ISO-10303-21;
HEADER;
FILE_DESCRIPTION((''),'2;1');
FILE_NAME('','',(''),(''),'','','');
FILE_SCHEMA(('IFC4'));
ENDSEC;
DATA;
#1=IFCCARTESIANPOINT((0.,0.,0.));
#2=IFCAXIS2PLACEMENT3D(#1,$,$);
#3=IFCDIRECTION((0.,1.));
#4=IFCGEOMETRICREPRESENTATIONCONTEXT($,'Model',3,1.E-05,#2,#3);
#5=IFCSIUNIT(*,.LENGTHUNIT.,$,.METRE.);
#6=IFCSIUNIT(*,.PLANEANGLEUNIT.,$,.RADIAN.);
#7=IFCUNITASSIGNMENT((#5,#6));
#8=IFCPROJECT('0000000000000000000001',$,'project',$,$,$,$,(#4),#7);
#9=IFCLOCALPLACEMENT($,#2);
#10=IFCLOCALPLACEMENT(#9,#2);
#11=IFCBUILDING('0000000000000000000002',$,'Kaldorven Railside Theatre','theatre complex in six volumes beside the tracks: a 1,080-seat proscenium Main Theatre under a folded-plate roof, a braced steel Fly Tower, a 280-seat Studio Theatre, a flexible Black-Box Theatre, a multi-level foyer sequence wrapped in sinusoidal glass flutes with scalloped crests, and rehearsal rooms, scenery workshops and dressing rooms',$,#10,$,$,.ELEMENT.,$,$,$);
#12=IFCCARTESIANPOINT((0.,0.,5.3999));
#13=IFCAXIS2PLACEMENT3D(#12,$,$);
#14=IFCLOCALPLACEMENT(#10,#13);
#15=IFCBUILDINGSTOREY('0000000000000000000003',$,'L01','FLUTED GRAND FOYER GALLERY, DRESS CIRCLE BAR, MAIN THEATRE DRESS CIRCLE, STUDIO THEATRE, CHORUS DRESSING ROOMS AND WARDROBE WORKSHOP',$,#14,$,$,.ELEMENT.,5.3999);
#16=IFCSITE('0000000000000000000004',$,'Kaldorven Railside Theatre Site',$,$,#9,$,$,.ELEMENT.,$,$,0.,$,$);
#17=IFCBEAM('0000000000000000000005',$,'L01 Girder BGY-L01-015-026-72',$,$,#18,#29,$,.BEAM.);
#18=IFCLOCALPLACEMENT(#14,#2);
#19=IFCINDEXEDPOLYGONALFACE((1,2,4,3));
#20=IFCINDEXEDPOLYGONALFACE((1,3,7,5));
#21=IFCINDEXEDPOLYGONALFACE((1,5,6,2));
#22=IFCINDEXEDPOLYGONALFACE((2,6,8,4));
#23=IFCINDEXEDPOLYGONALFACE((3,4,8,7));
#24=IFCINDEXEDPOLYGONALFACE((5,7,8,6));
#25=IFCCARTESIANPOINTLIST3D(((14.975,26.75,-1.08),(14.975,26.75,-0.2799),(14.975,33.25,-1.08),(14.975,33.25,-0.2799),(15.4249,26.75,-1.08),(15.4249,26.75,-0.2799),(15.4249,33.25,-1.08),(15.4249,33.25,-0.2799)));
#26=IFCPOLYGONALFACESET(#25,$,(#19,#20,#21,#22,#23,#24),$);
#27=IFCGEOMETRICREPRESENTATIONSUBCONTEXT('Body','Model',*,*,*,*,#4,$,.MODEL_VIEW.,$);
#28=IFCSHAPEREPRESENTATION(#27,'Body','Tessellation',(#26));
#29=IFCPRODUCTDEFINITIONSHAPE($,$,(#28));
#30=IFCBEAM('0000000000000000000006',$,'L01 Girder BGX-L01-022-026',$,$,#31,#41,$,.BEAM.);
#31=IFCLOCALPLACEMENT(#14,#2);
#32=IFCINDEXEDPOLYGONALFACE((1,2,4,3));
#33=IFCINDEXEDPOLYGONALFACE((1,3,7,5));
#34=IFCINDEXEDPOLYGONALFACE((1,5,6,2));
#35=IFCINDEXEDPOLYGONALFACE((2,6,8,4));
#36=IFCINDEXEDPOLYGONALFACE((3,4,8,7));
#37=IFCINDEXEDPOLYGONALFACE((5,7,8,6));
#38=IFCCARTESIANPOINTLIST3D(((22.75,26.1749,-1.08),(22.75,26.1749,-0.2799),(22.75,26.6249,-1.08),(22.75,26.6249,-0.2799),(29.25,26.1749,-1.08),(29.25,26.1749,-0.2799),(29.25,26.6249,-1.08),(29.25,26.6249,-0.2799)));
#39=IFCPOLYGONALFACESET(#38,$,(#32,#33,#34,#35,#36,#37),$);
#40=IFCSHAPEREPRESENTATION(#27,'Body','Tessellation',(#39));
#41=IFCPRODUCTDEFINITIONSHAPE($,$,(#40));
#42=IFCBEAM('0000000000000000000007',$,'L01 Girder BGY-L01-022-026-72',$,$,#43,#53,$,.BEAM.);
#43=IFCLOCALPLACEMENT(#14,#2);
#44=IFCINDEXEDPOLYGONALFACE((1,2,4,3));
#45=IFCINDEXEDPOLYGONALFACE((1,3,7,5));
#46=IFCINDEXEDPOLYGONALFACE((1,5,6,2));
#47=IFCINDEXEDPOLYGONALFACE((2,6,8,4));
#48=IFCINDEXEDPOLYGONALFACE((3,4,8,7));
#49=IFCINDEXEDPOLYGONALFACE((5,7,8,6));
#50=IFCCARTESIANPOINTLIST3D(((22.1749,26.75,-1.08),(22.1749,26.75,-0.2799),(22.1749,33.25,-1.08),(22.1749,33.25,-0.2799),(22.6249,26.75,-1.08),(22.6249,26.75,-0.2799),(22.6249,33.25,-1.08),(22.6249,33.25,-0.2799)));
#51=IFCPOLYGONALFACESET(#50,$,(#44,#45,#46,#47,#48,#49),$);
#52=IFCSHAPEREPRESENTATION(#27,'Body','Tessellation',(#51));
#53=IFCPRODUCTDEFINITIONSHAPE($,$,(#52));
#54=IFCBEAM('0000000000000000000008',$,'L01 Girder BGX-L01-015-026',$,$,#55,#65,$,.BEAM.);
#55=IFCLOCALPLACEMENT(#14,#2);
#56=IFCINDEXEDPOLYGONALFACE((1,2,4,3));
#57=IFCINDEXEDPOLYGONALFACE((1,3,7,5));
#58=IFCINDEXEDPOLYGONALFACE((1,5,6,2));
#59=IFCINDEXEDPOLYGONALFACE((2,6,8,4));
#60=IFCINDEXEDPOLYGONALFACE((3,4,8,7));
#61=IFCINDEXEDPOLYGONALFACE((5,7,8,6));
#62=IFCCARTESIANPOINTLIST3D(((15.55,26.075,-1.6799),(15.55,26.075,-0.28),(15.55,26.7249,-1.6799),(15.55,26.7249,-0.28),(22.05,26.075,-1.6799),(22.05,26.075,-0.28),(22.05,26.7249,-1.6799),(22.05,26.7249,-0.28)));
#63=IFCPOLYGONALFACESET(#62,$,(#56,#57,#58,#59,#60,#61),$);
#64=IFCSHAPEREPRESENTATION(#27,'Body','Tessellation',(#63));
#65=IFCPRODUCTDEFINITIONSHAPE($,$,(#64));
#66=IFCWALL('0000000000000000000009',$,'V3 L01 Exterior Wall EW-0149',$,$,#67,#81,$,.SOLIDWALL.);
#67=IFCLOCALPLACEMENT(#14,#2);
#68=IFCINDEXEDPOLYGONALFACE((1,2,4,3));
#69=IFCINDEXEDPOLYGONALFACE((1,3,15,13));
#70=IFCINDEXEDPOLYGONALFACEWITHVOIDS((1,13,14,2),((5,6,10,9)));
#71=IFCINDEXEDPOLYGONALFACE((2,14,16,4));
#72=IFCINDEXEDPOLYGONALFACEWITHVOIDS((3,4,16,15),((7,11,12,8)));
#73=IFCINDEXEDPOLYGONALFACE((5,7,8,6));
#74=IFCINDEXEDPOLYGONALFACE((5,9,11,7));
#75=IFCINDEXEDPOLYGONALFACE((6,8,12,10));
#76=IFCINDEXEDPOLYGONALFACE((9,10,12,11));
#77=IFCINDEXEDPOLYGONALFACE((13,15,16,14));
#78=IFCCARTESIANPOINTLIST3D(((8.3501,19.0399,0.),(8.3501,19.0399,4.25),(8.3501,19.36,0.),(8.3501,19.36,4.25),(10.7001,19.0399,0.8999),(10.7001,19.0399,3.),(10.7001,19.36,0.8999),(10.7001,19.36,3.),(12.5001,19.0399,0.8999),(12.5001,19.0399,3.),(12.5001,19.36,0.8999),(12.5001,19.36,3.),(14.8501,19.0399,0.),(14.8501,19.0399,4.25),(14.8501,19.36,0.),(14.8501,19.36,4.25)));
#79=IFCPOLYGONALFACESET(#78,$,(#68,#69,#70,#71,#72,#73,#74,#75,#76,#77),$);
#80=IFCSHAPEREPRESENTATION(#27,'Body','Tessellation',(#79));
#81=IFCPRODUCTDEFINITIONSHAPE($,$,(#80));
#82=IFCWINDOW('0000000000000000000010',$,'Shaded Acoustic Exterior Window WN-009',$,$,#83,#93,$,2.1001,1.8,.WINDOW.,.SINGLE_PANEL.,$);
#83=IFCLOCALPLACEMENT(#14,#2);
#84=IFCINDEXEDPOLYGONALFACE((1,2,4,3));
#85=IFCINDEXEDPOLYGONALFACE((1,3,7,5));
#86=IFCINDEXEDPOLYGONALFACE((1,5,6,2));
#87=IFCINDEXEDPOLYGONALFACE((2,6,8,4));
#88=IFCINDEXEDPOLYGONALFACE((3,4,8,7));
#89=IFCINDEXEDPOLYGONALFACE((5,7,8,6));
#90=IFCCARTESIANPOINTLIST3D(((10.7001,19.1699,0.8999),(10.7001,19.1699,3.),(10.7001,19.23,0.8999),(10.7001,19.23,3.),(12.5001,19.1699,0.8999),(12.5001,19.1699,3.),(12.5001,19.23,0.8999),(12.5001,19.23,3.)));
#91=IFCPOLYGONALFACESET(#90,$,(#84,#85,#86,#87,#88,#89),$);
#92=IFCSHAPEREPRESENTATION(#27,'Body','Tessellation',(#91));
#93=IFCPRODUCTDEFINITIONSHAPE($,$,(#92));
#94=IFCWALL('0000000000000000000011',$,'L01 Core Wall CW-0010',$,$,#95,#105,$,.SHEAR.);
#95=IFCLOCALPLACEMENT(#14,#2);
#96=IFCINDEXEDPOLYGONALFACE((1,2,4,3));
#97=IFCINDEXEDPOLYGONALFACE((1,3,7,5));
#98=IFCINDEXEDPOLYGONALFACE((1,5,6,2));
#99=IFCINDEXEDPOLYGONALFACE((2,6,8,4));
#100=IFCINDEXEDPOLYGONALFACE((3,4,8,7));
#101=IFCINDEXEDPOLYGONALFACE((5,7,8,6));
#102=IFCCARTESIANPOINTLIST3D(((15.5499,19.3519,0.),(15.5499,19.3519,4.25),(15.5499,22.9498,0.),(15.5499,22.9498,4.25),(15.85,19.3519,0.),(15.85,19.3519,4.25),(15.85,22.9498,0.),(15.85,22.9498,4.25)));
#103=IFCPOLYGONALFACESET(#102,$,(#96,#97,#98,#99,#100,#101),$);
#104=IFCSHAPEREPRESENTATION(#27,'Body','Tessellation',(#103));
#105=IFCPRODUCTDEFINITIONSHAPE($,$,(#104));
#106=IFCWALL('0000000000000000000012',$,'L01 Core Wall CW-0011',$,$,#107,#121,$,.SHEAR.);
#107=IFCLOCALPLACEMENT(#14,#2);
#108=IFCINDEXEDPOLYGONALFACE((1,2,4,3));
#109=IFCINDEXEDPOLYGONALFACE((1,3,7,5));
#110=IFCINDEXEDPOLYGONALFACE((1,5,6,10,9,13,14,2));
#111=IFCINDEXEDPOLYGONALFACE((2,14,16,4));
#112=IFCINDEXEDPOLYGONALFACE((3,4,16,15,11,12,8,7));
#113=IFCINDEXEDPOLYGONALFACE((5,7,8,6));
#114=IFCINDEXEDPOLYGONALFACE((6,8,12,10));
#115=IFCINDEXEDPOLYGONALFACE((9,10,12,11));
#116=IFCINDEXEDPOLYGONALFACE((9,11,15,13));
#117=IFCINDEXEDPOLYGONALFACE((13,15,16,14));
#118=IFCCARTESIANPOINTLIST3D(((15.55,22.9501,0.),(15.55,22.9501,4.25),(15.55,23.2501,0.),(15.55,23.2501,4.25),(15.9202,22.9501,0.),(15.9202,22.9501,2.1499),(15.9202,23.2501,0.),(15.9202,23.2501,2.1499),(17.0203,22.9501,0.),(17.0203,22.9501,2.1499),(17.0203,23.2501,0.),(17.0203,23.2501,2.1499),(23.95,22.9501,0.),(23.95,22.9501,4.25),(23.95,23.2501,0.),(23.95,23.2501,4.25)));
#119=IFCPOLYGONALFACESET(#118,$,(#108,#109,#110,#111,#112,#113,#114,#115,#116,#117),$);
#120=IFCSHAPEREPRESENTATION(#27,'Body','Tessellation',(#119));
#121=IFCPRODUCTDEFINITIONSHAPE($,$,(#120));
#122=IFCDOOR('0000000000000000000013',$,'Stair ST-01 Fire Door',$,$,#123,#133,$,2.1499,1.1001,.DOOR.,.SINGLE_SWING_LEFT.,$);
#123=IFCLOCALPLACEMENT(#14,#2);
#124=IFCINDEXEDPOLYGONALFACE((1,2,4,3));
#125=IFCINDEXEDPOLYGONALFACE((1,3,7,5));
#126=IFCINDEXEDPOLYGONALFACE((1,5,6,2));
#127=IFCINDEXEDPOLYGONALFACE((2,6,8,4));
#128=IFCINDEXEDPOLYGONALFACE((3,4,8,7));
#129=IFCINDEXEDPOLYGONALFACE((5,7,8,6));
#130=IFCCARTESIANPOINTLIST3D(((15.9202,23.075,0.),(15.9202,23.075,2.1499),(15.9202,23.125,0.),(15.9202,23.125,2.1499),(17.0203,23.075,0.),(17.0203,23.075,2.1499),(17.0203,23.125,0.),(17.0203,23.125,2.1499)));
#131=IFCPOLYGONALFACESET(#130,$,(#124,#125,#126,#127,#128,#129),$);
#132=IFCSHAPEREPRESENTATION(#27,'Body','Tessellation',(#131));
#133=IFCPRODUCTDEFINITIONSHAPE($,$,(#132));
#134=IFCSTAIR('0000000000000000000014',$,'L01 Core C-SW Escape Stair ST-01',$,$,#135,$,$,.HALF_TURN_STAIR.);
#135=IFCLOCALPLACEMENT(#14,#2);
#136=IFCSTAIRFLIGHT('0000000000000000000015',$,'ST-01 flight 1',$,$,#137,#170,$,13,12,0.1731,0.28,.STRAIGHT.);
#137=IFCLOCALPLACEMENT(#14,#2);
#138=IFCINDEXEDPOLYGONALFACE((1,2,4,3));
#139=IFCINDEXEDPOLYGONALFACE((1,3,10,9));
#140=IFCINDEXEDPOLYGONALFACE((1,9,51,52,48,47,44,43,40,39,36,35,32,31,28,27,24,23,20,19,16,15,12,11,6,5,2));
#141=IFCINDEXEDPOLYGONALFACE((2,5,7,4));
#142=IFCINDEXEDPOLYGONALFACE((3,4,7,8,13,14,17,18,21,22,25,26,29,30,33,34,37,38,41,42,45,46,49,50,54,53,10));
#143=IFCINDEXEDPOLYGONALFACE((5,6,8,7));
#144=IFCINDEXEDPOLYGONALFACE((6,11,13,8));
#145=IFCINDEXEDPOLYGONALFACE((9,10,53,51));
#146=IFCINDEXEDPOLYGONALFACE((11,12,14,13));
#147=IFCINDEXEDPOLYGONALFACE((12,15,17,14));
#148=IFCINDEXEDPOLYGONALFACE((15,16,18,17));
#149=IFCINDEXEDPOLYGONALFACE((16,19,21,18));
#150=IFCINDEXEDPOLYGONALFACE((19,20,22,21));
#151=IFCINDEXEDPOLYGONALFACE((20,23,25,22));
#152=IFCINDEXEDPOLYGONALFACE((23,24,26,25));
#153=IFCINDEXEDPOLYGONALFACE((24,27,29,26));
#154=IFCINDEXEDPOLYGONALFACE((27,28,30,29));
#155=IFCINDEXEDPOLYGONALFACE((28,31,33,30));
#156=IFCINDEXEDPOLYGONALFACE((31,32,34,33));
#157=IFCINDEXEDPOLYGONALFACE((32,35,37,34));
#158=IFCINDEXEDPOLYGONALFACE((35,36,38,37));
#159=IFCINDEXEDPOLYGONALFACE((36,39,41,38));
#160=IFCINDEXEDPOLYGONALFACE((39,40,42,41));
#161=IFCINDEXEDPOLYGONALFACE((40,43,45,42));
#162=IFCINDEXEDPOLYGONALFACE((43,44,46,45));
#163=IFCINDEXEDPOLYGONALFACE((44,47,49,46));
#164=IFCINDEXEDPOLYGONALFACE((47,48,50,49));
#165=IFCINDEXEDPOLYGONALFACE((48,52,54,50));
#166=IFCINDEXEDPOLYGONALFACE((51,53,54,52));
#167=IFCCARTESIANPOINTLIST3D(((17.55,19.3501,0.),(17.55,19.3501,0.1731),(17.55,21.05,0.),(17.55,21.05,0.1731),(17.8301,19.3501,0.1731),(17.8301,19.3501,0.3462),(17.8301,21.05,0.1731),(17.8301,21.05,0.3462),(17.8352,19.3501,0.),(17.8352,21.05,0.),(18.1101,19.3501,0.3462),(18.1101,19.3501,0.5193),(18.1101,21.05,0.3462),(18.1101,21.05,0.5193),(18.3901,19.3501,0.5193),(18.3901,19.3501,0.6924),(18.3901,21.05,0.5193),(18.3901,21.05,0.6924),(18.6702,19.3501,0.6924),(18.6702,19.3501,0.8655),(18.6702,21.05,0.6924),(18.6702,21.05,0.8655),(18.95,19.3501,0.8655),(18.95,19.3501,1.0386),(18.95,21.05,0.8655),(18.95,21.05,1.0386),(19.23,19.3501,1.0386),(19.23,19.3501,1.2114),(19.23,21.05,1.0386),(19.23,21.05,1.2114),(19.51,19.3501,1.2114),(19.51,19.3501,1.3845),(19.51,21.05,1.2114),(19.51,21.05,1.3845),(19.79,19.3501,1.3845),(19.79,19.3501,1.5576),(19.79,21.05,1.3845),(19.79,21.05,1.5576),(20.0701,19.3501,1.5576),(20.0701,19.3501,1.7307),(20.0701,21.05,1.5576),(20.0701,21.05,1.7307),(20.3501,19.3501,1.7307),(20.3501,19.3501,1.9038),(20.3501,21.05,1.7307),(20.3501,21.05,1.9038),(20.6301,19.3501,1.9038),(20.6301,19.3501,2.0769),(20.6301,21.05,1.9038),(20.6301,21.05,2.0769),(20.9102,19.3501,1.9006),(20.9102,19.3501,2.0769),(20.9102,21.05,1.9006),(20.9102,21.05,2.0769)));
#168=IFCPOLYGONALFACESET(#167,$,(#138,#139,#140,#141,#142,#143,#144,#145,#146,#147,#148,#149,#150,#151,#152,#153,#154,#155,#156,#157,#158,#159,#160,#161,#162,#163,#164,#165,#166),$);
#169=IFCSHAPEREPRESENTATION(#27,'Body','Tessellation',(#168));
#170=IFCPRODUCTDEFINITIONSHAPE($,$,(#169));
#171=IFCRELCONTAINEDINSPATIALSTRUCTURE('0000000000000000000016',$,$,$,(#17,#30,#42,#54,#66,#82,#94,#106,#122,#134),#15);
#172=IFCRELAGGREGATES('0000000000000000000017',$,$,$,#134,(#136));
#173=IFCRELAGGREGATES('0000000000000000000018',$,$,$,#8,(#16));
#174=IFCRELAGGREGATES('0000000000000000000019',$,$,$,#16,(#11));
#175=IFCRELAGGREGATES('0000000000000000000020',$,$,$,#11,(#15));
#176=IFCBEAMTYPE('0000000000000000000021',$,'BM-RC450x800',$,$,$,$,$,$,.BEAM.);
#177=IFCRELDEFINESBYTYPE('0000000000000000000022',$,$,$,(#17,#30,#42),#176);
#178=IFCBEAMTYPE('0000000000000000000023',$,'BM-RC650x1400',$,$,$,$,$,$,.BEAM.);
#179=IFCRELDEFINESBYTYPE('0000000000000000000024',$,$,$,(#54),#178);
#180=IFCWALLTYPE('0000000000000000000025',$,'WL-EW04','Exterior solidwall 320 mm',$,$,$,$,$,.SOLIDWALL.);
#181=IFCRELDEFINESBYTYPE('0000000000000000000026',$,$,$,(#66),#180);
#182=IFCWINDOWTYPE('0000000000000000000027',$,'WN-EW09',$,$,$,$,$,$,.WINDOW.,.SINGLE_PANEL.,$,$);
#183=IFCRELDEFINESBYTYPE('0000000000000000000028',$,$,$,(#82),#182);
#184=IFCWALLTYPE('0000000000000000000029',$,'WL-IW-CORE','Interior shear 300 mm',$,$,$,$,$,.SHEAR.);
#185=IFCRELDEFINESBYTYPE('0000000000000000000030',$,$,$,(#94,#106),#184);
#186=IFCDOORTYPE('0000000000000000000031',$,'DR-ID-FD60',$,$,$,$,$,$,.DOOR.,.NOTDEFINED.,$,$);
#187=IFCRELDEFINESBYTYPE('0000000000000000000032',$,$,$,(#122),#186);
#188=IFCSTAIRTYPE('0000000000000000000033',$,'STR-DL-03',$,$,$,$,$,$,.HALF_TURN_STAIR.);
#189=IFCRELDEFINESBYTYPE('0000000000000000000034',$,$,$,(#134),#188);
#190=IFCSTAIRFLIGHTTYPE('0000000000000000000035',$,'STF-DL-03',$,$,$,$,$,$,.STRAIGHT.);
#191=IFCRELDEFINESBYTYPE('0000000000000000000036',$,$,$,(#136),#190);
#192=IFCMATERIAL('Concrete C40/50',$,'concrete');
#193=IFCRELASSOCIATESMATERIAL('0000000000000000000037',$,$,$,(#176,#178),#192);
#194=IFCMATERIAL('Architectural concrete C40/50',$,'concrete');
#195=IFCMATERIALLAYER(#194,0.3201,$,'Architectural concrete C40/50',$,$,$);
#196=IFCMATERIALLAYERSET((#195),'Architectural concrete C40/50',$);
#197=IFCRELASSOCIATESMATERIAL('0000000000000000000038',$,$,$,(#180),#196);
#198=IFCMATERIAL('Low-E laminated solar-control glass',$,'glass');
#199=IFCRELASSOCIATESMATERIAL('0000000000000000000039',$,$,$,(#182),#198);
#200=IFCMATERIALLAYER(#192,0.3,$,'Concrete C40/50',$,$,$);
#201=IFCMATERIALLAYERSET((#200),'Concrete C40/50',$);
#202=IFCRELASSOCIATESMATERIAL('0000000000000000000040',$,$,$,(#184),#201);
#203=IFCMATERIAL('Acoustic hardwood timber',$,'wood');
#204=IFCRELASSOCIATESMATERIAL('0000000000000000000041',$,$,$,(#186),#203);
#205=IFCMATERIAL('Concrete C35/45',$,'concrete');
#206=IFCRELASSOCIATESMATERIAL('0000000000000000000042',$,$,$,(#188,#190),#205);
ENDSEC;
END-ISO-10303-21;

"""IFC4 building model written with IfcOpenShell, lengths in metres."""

from ifc_helpers import new_model, si_unit, direction, frame, frame_2d, origin, origin_2d, place, context, subcontext, project, spatial, polyline, rectangle, outline, extrude, material, layer, layer_set, material_profile, profile_set, type_object, element, fill, aggregate, save


model = new_model("IFC4")

# Units and contexts
model_context = context("Model", 3, precision=1e-05, world=origin(), true_north=direction((0.0, 1.0)))
body_context = subcontext(model_context, "Body", "Model", "MODEL_VIEW")
ifc_project = project(units=[si_unit("LENGTHUNIT", "METRE"), si_unit("PLANEANGLEUNIT", "RADIAN")], contexts=[model_context])

# Site, building, storey
site_placement = place(None, origin())
site = spatial("IfcSite", under=ifc_project, at=site_placement, Name="Kaldorven Railside Theatre Site", CompositionType="ELEMENT", RefElevation=0.0)
building_placement = place(site_placement, origin())
building = spatial("IfcBuilding", under=site, at=building_placement, Name="Kaldorven Railside Theatre", Description="theatre complex in six volumes beside the tracks: a 1,080-seat proscenium Main Theatre under a folded-plate roof, a braced steel Fly Tower, a 280-seat Studio Theatre, a flexible Black-Box Theatre, a multi-level foyer sequence wrapped in sinusoidal glass flutes with scalloped crests, and rehearsal rooms, scenery workshops and dressing rooms", CompositionType="ELEMENT")
storey_placement = place(building_placement, frame((0.0, 0.0, 5.3999)))
storey = spatial("IfcBuildingStorey", under=building, at=storey_placement, Name="L01", Description="FLUTED GRAND FOYER GALLERY, DRESS CIRCLE BAR, MAIN THEATRE DRESS CIRCLE, STUDIO THEATRE, CHORUS DRESSING ROOMS AND WARDROBE WORKSHOP", CompositionType="ELEMENT", Elevation=5.3999)

# Shared definitions
ifc_material_1 = material(Name="Concrete C40/50", Category="concrete")

# Beams
ifc_material_profile_1 = material_profile(ifc_material_1, rectangle(XDim=0.45, YDim=0.8, at=origin_2d()), Name="RC 450x800")
ifc_profile_set_1 = profile_set([ifc_material_profile_1], Name="Concrete C40/50")
beam_type_1 = type_object("IfcBeamType", Name="BM-RC450x800", PredefinedType="BEAM", material=ifc_profile_set_1)
for number, where, z_axis, x_axis, name in (
    (1, (15.2, 26.75, -0.6799), (0.0, 1.0, 0.0), (-1.0, 0.0, 0.0), "L01 Girder BGY-L01-015-026-72"),
    (2, (22.75, 26.3999, -0.6799), (1.0, 0.0, 0.0), (0.0, 1.0, 0.0), "L01 Girder BGX-L01-022-026"),
    (3, (22.3999, 26.75, -0.6799), (0.0, 1.0, 0.0), (-1.0, 0.0, 0.0), "L01 Girder BGY-L01-022-026-72"),
):
    element("IfcBeam", number, at=place(storey_placement, frame(where, z_axis=z_axis, x_axis=x_axis)), inside=storey, type_object=beam_type_1, Name=name, PredefinedType="BEAM", context=body_context, shape_type="SweptSolid", body=[
        extrude(rectangle(XDim=0.45, YDim=0.8, at=origin_2d()), origin(), (0.0, 0.0, 1.0), 6.5),
    ])
ifc_material_profile_2 = material_profile(ifc_material_1, rectangle(XDim=0.6499, YDim=1.3999, at=origin_2d()), Name="RC 650x1400")
ifc_profile_set_2 = profile_set([ifc_material_profile_2], Name="Concrete C40/50")
beam_type_2 = type_object("IfcBeamType", Name="BM-RC650x1400", PredefinedType="BEAM", material=ifc_profile_set_2)
beam_1_placement = place(storey_placement, frame((15.55, 26.3999, -0.98), z_axis=(1.0, 0.0, 0.0), x_axis=(0.0, 1.0, 0.0)))
element("IfcBeam", 4, at=beam_1_placement, inside=storey, type_object=beam_type_2, Name="L01 Girder BGX-L01-015-026", PredefinedType="BEAM", context=body_context, shape_type="SweptSolid", body=[
    extrude(rectangle(XDim=0.6499, YDim=1.3999, at=origin_2d()), origin(), (0.0, 0.0, 1.0), 6.5),
])

# Wall, opening, window
ifc_material_2 = material(Name="Architectural concrete C40/50", Category="concrete")
ifc_layer_1 = layer(ifc_material_2, 0.3201, Name="Architectural concrete C40/50")
ifc_layer_set_1 = layer_set([ifc_layer_1], Name="Architectural concrete C40/50")
wall_type_1 = type_object("IfcWallType", Name="WL-EW04", Description="Exterior solidwall 320 mm", PredefinedType="SOLIDWALL", material=ifc_layer_set_1)
wall_1_placement = place(storey_placement, frame((14.8501, 19.2, 0.0), z_axis=(0.0, 0.0, 1.0), x_axis=(-1.0, 0.0, 0.0)))
wall_1 = element("IfcWall", 5, at=wall_1_placement, inside=storey, type_object=wall_type_1, Name="V3 L01 Exterior Wall EW-0149", PredefinedType="SOLIDWALL", context=body_context, shape_type="SweptSolid", body=[
    extrude(rectangle(XDim=6.5, YDim=0.3201, at=frame_2d((3.25, 0.0))), origin(), (0.0, 0.0, 1.0), 4.25),
])
opening_1_placement = place(wall_1_placement, frame((2.3501, 0.0, 0.8999)))
opening_1 = element("IfcOpeningElement", 6, at=opening_1_placement, cuts=wall_1, PredefinedType="OPENING", context=body_context, shape_type="SweptSolid", body=[
    extrude(rectangle(XDim=1.8, YDim=2.1001, at=frame_2d((0.8999, 1.05))), frame((0.0, 0.1699, 0.0), z_axis=(0.0, -1.0, 0.0), x_axis=(1.0, 0.0, 0.0)), (0.0, 0.0, 1.0), 0.3401),
])
ifc_material_3 = material(Name="Low-E laminated solar-control glass", Category="glass")
window_type = type_object("IfcWindowType", Name="WN-EW09", PartitioningType="SINGLE_PANEL", PredefinedType="WINDOW", material=ifc_material_3)
window_placement = place(opening_1_placement, origin())
window = element("IfcWindow", 7, at=window_placement, inside=storey, type_object=window_type, Name="Shaded Acoustic Exterior Window WN-009", OverallHeight=2.1001, OverallWidth=1.8, PartitioningType="SINGLE_PANEL", PredefinedType="WINDOW", context=body_context, shape_type="SweptSolid", body=[
    extrude(rectangle(XDim=1.8, YDim=2.1001, at=frame_2d((0.8999, 1.05))), frame((0.0, 0.03, 0.0), z_axis=(0.0, -1.0, 0.0), x_axis=(1.0, 0.0, 0.0)), (0.0, 0.0, 1.0), 0.0601),
])
fill(opening_1, window)

# Wall
ifc_layer_2 = layer(ifc_material_1, 0.3, Name="Concrete C40/50")
ifc_layer_set_2 = layer_set([ifc_layer_2], Name="Concrete C40/50")
wall_type_2 = type_object("IfcWallType", Name="WL-IW-CORE", Description="Interior shear 300 mm", PredefinedType="SHEAR", material=ifc_layer_set_2)
wall_2_placement = place(storey_placement, frame((15.7, 19.3521, 0.0), z_axis=(0.0, 0.0, 1.0), x_axis=(0.0, 1.0, 0.0)))
element("IfcWall", 8, at=wall_2_placement, inside=storey, type_object=wall_type_2, Name="L01 Core Wall CW-0010", PredefinedType="SHEAR", context=body_context, shape_type="SweptSolid", body=[
    extrude(rectangle(XDim=3.5979, YDim=0.3, at=frame_2d((1.7988, 0.0))), origin(), (0.0, 0.0, 1.0), 4.25),
])

# Wall, opening, door
wall_3_placement = place(storey_placement, frame((15.55, 23.1001, 0.0), z_axis=(0.0, 0.0, 1.0), x_axis=(1.0, 0.0, 0.0)))
wall_3 = element("IfcWall", 9, at=wall_3_placement, inside=storey, type_object=wall_type_2, Name="L01 Core Wall CW-0011", PredefinedType="SHEAR", context=body_context, shape_type="SweptSolid", body=[
    extrude(rectangle(XDim=8.3999, YDim=0.3, at=frame_2d((4.2, 0.0))), origin(), (0.0, 0.0, 1.0), 4.25),
])
opening_2_placement = place(wall_3_placement, frame((0.3701, 0.0, 0.0)))
opening_2 = element("IfcOpeningElement", 10, at=opening_2_placement, cuts=wall_3, PredefinedType="OPENING", context=body_context, shape_type="SweptSolid", body=[
    extrude(rectangle(XDim=1.1001, YDim=2.1499, at=frame_2d((0.55, 1.075))), frame((0.0, 0.1602, 0.0), z_axis=(0.0, -1.0, 0.0), x_axis=(1.0, 0.0, 0.0)), (0.0, 0.0, 1.0), 0.3201),
])
ifc_material_4 = material(Name="Acoustic hardwood timber", Category="wood")
door_type = type_object("IfcDoorType", Name="DR-ID-FD60", OperationType="NOTDEFINED", PredefinedType="DOOR", material=ifc_material_4)
door_placement = place(opening_2_placement, origin())
door = element("IfcDoor", 11, at=door_placement, inside=storey, type_object=door_type, Name="Stair ST-01 Fire Door", OperationType="SINGLE_SWING_LEFT", OverallHeight=2.1499, OverallWidth=1.1001, PredefinedType="DOOR", context=body_context, shape_type="SweptSolid", body=[
    extrude(rectangle(XDim=1.1001, YDim=2.1499, at=frame_2d((0.55, 1.075))), frame((0.0, 0.0249, 0.0), z_axis=(0.0, -1.0, 0.0), x_axis=(1.0, 0.0, 0.0)), (0.0, 0.0, 1.0), 0.05),
])
fill(opening_2, door)

# Stair, stair flight
ifc_material_5 = material(Name="Concrete C35/45", Category="concrete")
stair_type = type_object("IfcStairType", Name="STR-DL-03", PredefinedType="HALF_TURN_STAIR", material=ifc_material_5)
stair_placement = place(storey_placement, origin())
stair = element("IfcStair", 12, at=stair_placement, inside=storey, type_object=stair_type, Name="L01 Core C-SW Escape Stair ST-01", PredefinedType="HALF_TURN_STAIR")
stair_flight_type = type_object("IfcStairFlightType", Name="STF-DL-03", PredefinedType="STRAIGHT", material=ifc_material_5)
stair_flight_1_placement = place(storey_placement, frame((17.55, 20.2, 0.0), z_axis=(0.0, 0.0, 1.0), x_axis=(1.0, 0.0, 0.0)))
stair_flight_1 = element("IfcStairFlight", 13, at=stair_flight_1_placement, type_object=stair_flight_type, Name="ST-01 flight 1", NumberOfRisers=13, NumberOfTreads=12, PredefinedType="STRAIGHT", RiserHeight=0.1731, TreadLength=0.28, context=body_context, shape_type="SweptSolid", body=[
    extrude(outline(polyline([(0.0, 0.0), (0.0, 0.1731), (0.28, 0.1731), (0.28, 0.3462), (0.5601, 0.3462), (0.5601, 0.5193), (0.8401, 0.5193), (0.8401, 0.6924), (1.1201, 0.6924), (1.1201, 0.8655), (1.3999, 0.8655), (1.3999, 1.0386), (1.6799, 1.0386), (1.6799, 1.2114), (1.96, 1.2114), (1.96, 1.3845), (2.24, 1.3845), (2.24, 1.5576), (2.52, 1.5576), (2.52, 1.7307), (2.8, 1.7307), (2.8, 1.9038), (3.0801, 1.9038), (3.0801, 2.0769), (3.3601, 2.0769), (3.3601, 2.25), (3.3601, 1.9006), (0.2852, 0.0), (0.0, 0.0)])), frame((0.0, 0.8501, 0.0), z_axis=(0.0, -1.0, 0.0), x_axis=(1.0, 0.0, 0.0)), (0.0, 0.0, 1.0), 1.7),
])
aggregate(stair, [stair_flight_1])

save(model, "model.ifc")
